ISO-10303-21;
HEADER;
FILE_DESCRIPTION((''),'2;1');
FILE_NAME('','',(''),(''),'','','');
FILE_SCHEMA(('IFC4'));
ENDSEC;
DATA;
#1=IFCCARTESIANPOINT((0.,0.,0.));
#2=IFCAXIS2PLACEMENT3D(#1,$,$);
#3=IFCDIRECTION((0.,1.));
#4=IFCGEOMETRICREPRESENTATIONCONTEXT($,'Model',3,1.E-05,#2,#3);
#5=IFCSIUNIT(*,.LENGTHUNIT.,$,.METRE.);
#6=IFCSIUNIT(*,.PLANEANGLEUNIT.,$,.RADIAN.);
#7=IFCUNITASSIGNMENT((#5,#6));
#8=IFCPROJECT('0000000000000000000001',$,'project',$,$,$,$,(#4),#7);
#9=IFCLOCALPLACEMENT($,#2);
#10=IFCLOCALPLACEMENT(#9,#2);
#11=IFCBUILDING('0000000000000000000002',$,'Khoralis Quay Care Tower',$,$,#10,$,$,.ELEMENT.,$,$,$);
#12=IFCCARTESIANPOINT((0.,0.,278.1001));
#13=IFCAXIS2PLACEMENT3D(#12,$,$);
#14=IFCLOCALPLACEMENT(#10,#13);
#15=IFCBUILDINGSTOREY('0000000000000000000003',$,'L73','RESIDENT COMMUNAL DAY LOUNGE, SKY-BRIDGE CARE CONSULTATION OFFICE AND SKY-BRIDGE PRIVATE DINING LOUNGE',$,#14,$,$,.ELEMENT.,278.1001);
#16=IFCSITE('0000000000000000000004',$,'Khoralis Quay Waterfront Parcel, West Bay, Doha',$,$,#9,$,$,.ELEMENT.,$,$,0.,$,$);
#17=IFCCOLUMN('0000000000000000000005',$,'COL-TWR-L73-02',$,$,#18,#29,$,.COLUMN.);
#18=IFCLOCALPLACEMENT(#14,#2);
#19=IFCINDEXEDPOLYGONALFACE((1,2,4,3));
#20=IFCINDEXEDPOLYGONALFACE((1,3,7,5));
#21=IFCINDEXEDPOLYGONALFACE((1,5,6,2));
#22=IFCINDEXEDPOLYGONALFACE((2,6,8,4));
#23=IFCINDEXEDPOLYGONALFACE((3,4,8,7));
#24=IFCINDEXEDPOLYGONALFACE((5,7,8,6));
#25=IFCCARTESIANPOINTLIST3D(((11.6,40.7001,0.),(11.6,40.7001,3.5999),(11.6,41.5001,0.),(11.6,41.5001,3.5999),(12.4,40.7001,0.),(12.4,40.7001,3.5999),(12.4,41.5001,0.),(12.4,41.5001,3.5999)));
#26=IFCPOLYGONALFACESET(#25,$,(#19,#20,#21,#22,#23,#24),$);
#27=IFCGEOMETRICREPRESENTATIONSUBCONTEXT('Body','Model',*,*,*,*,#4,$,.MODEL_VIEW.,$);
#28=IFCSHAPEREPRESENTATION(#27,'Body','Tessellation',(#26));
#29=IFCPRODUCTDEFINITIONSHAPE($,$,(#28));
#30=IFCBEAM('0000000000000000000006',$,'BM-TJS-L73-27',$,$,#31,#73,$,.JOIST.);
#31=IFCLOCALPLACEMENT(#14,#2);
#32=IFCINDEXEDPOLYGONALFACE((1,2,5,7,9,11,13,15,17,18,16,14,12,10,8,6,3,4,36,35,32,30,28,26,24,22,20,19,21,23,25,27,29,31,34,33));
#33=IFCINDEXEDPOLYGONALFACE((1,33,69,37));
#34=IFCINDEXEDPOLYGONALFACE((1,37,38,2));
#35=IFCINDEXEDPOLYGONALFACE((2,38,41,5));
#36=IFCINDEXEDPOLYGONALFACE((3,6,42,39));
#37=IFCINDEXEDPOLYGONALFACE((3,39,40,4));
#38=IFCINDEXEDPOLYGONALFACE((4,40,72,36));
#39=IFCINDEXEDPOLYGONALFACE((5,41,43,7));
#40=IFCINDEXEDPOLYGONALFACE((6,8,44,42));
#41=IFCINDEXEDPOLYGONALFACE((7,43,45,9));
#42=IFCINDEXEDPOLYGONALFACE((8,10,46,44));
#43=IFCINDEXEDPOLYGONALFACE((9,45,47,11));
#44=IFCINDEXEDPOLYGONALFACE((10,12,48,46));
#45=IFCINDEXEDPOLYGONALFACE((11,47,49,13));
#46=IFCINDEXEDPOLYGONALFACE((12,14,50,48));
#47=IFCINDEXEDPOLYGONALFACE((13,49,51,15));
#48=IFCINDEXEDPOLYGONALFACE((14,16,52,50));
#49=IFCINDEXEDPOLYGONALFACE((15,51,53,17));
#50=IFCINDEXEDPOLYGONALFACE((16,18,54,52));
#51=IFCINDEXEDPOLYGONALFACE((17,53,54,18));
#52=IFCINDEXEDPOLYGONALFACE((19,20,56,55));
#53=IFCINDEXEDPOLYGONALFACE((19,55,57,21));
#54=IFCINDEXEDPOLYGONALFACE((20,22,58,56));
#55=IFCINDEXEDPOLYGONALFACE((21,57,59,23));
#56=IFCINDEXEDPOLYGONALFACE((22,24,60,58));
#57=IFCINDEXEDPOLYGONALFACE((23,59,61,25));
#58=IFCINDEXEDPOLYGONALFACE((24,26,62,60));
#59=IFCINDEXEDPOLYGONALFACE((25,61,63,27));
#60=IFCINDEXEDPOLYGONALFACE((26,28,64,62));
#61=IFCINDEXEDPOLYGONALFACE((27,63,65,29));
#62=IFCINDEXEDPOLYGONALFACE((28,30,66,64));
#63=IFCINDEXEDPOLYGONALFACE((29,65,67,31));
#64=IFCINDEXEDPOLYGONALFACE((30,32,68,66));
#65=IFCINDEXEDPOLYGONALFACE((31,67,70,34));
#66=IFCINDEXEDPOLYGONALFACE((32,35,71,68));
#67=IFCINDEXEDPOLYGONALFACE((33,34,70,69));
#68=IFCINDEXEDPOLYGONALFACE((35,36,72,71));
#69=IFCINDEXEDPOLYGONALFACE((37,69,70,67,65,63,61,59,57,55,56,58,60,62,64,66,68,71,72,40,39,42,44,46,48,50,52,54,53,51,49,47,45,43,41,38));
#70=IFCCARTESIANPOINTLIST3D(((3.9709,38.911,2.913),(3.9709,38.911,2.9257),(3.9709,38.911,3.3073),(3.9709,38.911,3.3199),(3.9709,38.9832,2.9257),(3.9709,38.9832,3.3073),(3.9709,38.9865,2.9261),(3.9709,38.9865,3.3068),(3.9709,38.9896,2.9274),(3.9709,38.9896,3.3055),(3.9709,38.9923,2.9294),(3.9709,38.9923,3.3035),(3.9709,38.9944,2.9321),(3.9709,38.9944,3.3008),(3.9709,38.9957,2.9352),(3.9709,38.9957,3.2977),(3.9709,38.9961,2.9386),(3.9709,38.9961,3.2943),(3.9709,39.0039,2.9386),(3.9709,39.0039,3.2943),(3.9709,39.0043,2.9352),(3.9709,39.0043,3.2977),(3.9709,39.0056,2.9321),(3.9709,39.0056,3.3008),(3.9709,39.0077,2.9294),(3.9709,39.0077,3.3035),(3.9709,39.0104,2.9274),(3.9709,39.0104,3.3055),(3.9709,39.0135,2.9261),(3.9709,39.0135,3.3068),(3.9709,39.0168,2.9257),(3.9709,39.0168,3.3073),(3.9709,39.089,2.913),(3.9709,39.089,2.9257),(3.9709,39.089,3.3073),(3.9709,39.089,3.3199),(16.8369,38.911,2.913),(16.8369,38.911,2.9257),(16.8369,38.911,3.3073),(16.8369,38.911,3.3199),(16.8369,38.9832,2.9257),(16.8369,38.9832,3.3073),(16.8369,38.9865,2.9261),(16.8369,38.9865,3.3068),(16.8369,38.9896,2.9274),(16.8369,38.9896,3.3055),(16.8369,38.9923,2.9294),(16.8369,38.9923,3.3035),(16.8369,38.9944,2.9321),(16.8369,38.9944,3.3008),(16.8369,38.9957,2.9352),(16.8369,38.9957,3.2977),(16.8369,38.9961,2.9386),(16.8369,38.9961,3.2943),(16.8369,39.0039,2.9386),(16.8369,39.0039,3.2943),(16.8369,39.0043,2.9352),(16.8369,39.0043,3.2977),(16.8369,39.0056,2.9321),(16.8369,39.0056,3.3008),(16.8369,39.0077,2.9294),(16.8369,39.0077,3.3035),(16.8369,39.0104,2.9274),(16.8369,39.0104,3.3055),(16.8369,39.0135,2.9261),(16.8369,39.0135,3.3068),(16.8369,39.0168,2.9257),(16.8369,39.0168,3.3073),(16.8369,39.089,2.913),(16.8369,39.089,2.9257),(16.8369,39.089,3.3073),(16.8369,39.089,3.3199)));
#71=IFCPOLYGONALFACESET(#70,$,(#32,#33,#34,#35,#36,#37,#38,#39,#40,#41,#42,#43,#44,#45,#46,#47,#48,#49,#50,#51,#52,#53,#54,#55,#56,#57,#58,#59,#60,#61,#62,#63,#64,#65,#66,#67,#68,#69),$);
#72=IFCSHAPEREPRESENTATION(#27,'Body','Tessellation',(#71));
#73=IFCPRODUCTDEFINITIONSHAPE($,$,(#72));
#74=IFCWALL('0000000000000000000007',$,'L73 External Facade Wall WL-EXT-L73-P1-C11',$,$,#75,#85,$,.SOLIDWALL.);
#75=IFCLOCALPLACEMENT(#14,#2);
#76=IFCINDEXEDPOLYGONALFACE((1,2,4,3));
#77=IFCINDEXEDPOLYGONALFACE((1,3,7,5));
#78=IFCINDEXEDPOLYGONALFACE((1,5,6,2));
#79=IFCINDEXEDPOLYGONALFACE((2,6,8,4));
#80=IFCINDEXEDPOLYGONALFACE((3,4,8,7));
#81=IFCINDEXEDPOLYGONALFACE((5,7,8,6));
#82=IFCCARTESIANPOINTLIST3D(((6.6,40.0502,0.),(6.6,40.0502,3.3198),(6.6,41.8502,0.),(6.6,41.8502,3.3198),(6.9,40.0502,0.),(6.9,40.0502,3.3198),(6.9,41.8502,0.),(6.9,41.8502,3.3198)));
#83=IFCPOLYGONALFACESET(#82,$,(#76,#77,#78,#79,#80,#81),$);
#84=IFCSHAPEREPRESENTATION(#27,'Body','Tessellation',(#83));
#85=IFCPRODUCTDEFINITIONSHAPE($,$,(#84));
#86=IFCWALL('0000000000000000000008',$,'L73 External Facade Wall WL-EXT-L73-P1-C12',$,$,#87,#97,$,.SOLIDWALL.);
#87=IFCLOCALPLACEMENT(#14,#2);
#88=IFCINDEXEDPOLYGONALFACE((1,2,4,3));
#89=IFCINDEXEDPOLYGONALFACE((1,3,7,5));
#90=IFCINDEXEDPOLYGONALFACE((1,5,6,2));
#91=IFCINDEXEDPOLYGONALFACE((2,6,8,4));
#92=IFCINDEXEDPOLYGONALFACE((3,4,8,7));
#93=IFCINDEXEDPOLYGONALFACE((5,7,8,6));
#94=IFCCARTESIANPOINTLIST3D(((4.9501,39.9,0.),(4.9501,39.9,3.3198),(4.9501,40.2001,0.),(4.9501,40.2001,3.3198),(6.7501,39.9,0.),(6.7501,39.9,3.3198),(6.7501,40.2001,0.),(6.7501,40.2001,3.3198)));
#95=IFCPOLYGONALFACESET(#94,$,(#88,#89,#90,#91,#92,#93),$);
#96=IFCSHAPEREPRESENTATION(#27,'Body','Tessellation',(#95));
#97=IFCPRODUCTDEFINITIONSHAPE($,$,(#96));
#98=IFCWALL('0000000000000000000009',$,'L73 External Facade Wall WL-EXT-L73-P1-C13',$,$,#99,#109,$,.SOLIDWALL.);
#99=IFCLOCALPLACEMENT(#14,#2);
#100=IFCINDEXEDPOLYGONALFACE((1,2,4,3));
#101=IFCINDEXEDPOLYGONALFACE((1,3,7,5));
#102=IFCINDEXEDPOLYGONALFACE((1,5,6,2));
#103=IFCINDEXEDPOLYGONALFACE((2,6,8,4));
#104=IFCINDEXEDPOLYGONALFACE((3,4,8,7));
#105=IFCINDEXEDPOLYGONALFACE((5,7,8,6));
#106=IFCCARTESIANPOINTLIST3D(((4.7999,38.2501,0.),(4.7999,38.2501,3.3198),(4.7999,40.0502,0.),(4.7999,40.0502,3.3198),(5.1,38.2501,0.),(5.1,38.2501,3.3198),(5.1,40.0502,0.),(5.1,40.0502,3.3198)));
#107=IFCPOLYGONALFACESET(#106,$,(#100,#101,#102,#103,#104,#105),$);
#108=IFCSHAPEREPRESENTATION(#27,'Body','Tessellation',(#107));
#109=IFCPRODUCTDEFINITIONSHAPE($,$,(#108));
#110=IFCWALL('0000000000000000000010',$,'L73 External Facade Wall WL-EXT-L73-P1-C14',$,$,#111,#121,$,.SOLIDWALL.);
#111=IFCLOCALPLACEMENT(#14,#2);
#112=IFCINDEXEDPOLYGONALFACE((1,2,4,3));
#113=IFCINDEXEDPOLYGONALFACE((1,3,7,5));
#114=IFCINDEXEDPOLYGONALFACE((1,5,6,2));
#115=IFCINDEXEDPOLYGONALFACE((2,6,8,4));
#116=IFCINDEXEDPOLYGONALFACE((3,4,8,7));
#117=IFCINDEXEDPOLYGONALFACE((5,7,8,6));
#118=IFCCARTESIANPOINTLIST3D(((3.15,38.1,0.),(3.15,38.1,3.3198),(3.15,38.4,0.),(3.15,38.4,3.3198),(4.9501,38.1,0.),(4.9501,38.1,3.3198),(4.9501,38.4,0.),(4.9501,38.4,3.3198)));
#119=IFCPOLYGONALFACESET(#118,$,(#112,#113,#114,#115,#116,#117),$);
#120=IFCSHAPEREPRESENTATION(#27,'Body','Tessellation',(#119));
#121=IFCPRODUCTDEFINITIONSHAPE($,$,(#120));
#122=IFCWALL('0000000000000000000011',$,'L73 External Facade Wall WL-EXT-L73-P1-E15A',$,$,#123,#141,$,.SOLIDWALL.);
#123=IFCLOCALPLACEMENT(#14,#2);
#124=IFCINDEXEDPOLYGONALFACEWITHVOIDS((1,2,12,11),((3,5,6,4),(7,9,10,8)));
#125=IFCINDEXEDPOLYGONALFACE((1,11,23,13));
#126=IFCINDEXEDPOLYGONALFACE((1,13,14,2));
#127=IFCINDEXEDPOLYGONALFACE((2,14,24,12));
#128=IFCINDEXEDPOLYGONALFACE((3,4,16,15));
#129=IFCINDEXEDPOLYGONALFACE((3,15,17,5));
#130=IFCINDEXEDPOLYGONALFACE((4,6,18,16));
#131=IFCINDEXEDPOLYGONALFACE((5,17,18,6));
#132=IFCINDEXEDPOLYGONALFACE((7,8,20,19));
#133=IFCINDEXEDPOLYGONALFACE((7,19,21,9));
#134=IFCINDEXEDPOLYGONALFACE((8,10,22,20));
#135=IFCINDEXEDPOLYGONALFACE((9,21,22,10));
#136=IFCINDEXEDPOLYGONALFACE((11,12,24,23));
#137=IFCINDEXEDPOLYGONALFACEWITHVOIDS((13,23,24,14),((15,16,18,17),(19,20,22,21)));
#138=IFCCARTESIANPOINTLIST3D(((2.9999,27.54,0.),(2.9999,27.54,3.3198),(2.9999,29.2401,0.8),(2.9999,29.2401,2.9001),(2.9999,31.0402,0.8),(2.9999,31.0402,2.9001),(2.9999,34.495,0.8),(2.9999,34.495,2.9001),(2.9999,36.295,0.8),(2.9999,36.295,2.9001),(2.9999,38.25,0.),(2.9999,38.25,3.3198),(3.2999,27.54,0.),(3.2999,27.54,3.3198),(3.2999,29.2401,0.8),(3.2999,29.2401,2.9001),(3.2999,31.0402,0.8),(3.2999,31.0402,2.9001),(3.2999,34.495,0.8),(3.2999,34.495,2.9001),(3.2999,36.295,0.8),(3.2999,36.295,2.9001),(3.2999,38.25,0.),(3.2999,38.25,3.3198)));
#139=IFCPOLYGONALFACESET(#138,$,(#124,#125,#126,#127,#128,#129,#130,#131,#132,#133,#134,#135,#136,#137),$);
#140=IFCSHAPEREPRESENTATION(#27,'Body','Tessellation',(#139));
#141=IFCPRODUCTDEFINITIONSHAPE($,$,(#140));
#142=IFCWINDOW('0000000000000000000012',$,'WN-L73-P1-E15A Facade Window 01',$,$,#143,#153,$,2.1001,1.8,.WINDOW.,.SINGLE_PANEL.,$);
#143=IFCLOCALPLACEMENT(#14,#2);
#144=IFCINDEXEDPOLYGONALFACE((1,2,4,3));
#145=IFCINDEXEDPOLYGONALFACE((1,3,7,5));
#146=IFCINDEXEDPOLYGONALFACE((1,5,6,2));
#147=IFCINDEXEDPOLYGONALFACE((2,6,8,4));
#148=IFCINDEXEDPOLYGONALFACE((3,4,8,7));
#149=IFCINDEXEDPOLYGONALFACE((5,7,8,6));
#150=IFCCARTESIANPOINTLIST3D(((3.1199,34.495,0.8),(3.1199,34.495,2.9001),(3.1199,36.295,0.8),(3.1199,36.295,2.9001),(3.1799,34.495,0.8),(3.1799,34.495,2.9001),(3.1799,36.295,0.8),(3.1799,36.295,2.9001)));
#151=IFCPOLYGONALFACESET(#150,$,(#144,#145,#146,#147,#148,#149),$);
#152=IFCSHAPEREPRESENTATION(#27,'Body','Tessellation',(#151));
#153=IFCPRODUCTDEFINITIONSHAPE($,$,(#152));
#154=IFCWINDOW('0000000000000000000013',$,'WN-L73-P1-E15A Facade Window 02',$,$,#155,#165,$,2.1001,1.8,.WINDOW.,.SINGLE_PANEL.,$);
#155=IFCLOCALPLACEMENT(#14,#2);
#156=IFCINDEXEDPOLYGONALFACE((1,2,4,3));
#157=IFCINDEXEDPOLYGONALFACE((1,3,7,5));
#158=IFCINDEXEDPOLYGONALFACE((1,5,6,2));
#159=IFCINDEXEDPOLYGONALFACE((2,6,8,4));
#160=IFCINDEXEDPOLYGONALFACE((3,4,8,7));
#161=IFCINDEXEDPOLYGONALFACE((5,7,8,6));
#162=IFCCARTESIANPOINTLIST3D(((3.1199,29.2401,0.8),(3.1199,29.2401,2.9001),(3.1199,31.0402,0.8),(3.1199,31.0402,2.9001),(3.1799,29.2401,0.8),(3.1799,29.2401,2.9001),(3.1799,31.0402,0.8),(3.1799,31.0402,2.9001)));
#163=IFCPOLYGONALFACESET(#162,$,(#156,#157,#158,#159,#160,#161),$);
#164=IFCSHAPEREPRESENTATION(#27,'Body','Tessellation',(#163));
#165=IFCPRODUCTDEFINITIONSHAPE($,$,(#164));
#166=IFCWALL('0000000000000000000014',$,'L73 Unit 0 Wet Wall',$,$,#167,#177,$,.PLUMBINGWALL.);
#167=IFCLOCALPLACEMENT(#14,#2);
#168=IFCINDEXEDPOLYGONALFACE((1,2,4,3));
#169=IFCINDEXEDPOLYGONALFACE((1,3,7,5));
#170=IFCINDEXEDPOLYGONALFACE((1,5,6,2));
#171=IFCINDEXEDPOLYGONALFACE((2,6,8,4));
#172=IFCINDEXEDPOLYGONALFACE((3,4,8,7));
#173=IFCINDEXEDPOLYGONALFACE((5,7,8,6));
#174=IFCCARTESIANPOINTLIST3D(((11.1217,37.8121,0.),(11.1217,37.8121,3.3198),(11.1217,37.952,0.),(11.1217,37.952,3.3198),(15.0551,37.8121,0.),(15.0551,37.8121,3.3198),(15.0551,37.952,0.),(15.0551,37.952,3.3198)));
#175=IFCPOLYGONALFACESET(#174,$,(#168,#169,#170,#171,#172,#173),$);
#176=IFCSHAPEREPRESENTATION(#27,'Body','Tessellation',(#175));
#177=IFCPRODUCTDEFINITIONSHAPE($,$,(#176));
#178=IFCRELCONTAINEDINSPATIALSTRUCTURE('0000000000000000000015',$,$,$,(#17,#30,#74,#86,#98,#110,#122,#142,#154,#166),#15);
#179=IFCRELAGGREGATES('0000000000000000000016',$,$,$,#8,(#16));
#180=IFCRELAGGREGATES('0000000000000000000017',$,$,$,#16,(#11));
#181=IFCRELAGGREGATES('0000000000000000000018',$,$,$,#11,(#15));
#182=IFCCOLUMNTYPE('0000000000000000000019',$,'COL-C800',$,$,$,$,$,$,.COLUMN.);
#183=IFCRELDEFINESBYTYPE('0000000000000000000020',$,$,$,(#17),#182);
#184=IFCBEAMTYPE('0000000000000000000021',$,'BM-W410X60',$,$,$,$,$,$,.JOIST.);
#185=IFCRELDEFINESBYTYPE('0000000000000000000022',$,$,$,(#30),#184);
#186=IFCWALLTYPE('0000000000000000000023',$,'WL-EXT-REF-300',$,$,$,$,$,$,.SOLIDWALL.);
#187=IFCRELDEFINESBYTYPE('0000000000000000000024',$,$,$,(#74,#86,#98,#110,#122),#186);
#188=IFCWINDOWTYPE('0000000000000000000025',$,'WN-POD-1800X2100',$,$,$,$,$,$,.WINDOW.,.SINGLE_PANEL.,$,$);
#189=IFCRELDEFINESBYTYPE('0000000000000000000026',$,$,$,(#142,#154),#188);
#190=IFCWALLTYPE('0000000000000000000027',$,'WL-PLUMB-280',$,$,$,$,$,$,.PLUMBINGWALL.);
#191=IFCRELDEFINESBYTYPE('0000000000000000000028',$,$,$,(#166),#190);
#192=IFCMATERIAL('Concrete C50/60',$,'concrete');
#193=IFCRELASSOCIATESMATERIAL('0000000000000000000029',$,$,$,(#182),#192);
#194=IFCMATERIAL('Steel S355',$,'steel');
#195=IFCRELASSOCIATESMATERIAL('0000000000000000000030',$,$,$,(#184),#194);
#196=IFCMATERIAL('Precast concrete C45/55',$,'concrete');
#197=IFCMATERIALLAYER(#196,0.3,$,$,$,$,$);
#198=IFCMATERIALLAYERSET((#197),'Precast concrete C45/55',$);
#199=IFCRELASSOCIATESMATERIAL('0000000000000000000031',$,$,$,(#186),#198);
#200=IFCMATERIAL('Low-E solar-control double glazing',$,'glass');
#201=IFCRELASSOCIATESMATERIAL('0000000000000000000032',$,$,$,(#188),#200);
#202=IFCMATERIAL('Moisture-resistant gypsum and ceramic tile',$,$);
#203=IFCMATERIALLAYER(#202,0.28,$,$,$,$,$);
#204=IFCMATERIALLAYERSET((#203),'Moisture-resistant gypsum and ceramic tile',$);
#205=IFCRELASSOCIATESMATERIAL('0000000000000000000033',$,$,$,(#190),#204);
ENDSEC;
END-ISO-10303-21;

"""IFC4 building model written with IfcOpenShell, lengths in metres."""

from ifc_helpers import new_model, si_unit, direction, frame, frame_2d, origin, origin_2d, place, context, subcontext, project, spatial, rectangle, i_section, extrude, source, transform, mapped, material, layer, layer_set, material_profile, profile_set, type_object, element, fill, save


model = new_model("IFC4")

# Units and contexts
model_context = context("Model", 3, precision=1e-05, world=origin(), true_north=direction((0.0, 1.0)))
body_context = subcontext(model_context, "Body", "Model", "MODEL_VIEW")
ifc_project = project(units=[si_unit("LENGTHUNIT", "METRE"), si_unit("PLANEANGLEUNIT", "RADIAN")], contexts=[model_context])

# Site, building, storey
site_placement = place(None, origin())
site = spatial("IfcSite", under=ifc_project, at=site_placement, Name="Khoralis Quay Waterfront Parcel, West Bay, Doha", CompositionType="ELEMENT", RefElevation=0.0)
building_placement = place(site_placement, origin())
building = spatial("IfcBuilding", under=site, at=building_placement, Name="Khoralis Quay Care Tower", CompositionType="ELEMENT")
storey_placement = place(building_placement, frame((0.0, 0.0, 278.1001)))
storey = spatial("IfcBuildingStorey", under=building, at=storey_placement, Name="L73", Description="RESIDENT COMMUNAL DAY LOUNGE, SKY-BRIDGE CARE CONSULTATION OFFICE AND SKY-BRIDGE PRIVATE DINING LOUNGE", CompositionType="ELEMENT", Elevation=278.1001)

# Column
ifc_material_1 = material(Name="Concrete C50/60", Category="concrete")
ifc_material_profile_1 = material_profile(ifc_material_1, rectangle(XDim=0.8, YDim=0.8, at=origin_2d()), Name="Concrete C50/60")
ifc_profile_set_1 = profile_set([ifc_material_profile_1], Name="Concrete C50/60")
column_type = type_object("IfcColumnType", Name="COL-C800", PredefinedType="COLUMN", material=ifc_profile_set_1)
shared_shape_1 = source(origin(), body_context, "Body", "SweptSolid", [
    extrude(rectangle(XDim=0.8, YDim=0.8, at=origin_2d()), origin(), (0.0, 0.0, 1.0), 3.5999),
])
column_placement = place(storey_placement, frame((12.0, 41.1001, 0.0), z_axis=(0.0, 0.0, 1.0), x_axis=(1.0, 0.0, 0.0)))
element("IfcColumn", 1, at=column_placement, inside=storey, type_object=column_type, Name="COL-TWR-L73-02", PredefinedType="COLUMN", context=body_context, shape_type="MappedRepresentation", body=[
    mapped(shared_shape_1, transform((0.0, 0.0, 0.0), scale=1.0)),
])

# Beam
ifc_material_2 = material(Name="Steel S355", Category="steel")
ifc_material_profile_2 = material_profile(ifc_material_2, i_section(OverallWidth=0.178, OverallDepth=0.407, WebThickness=0.0078, FlangeThickness=0.0127, FilletRadius=0.0129, at=origin_2d()), Name="Steel S355")
ifc_profile_set_2 = profile_set([ifc_material_profile_2], Name="Steel S355")
beam_type = type_object("IfcBeamType", Name="BM-W410X60", PredefinedType="JOIST", material=ifc_profile_set_2)
shared_shape_2 = source(origin(), body_context, "Body", "SweptSolid", [
    extrude(i_section(OverallWidth=0.178, OverallDepth=0.407, WebThickness=0.0078, FlangeThickness=0.0127, FilletRadius=0.0129, at=origin_2d()), origin(), (0.0, 0.0, 1.0), 12.866),
])
beam_placement = place(storey_placement, frame((3.9709, 39.0, 3.1165), z_axis=(1.0, 0.0, 0.0), x_axis=(0.0, 1.0, 0.0)))
element("IfcBeam", 2, at=beam_placement, inside=storey, type_object=beam_type, Name="BM-TJS-L73-27", PredefinedType="JOIST", context=body_context, shape_type="MappedRepresentation", body=[
    mapped(shared_shape_2, transform((0.0, 0.0, 0.0), scale=1.0)),
])

# Walls
ifc_material_3 = material(Name="Precast concrete C45/55", Category="concrete")
ifc_layer_1 = layer(ifc_material_3, 0.3)
ifc_layer_set_1 = layer_set([ifc_layer_1], Name="Precast concrete C45/55")
wall_type_1 = type_object("IfcWallType", Name="WL-EXT-REF-300", PredefinedType="SOLIDWALL", material=ifc_layer_set_1)
for number, where, z_axis, x_axis, name in (
    (3, (6.75, 41.8501, 0.0), (0.0, 0.0, 1.0), (0.0, -1.0, 0.0), "L73 External Facade Wall WL-EXT-L73-P1-C11"),
    (4, (6.75, 40.05, 0.0), (0.0, 0.0, 1.0), (-1.0, 0.0, 0.0), "L73 External Facade Wall WL-EXT-L73-P1-C12"),
    (5, (4.95, 40.05, 0.0), (0.0, 0.0, 1.0), (0.0, -1.0, 0.0), "L73 External Facade Wall WL-EXT-L73-P1-C13"),
    (6, (4.95, 38.25, 0.0), (0.0, 0.0, 1.0), (-1.0, 0.0, 0.0), "L73 External Facade Wall WL-EXT-L73-P1-C14"),
):
    element("IfcWall", number, at=place(storey_placement, frame(where, z_axis=z_axis, x_axis=x_axis)), inside=storey, type_object=wall_type_1, Name=name, PredefinedType="SOLIDWALL", context=body_context, shape_type="SweptSolid", body=[
        extrude(rectangle(XDim=1.8, YDim=0.3, at=frame_2d((0.8999, 0.0))), origin(), (0.0, 0.0, 1.0), 3.3198),
    ])

# Wall, openings, windows
wall_1_placement = place(storey_placement, frame((3.1499, 38.25, 0.0), z_axis=(0.0, 0.0, 1.0), x_axis=(0.0, -1.0, 0.0)))
wall_1 = element("IfcWall", 7, at=wall_1_placement, inside=storey, type_object=wall_type_1, Name="L73 External Facade Wall WL-EXT-L73-P1-E15A", PredefinedType="SOLIDWALL", context=body_context, shape_type="SweptSolid", body=[
    extrude(rectangle(XDim=10.71, YDim=0.3, at=frame_2d((5.355, 0.0))), origin(), (0.0, 0.0, 1.0), 3.3198),
])
opening_1_placement = place(wall_1_placement, frame((1.9551, 0.0, 0.8)))
opening_1 = element("IfcOpeningElement", 8, at=opening_1_placement, cuts=wall_1, PredefinedType="OPENING", context=body_context, shape_type="SweptSolid", body=[
    extrude(rectangle(XDim=1.8, YDim=2.1001, at=frame_2d((0.8999, 1.05))), frame((0.0, 0.1602, 0.0), z_axis=(0.0, -1.0, 0.0), x_axis=(1.0, 0.0, 0.0)), (0.0, 0.0, 1.0), 0.3201),
])
opening_2_placement = place(wall_1_placement, frame((7.21, 0.0, 0.8)))
opening_2 = element("IfcOpeningElement", 9, at=opening_2_placement, cuts=wall_1, PredefinedType="OPENING", context=body_context, shape_type="SweptSolid", body=[
    extrude(rectangle(XDim=1.8, YDim=2.1001, at=frame_2d((0.8999, 1.05))), frame((0.0, 0.1602, 0.0), z_axis=(0.0, -1.0, 0.0), x_axis=(1.0, 0.0, 0.0)), (0.0, 0.0, 1.0), 0.3201),
])
ifc_material_4 = material(Name="Low-E solar-control double glazing", Category="glass")
window_type = type_object("IfcWindowType", Name="WN-POD-1800X2100", PartitioningType="SINGLE_PANEL", PredefinedType="WINDOW", material=ifc_material_4)
shared_shape_3 = source(origin(), body_context, "Body", "SweptSolid", [
    extrude(rectangle(XDim=1.8, YDim=2.1001, at=frame_2d((0.8999, 1.05))), frame((0.0, 0.03, 0.0), z_axis=(0.0, -1.0, 0.0), x_axis=(1.0, 0.0, 0.0)), (0.0, 0.0, 1.0), 0.0601),
])
window_1_placement = place(opening_1_placement, origin())
window_1 = element("IfcWindow", 10, at=window_1_placement, inside=storey, type_object=window_type, Name="WN-L73-P1-E15A Facade Window 01", OverallHeight=2.1001, OverallWidth=1.8, PartitioningType="SINGLE_PANEL", PredefinedType="WINDOW", context=body_context, shape_type="MappedRepresentation", body=[
    mapped(shared_shape_3, transform((0.0, 0.0, 0.0), scale=1.0)),
])
fill(opening_1, window_1)
window_2_placement = place(opening_2_placement, origin())
window_2 = element("IfcWindow", 11, at=window_2_placement, inside=storey, type_object=window_type, Name="WN-L73-P1-E15A Facade Window 02", OverallHeight=2.1001, OverallWidth=1.8, PartitioningType="SINGLE_PANEL", PredefinedType="WINDOW", context=body_context, shape_type="MappedRepresentation", body=[
    mapped(shared_shape_3, transform((0.0, 0.0, 0.0), scale=1.0)),
])
fill(opening_2, window_2)

# Wall
ifc_material_5 = material(Name="Moisture-resistant gypsum and ceramic tile")
ifc_layer_2 = layer(ifc_material_5, 0.28)
ifc_layer_set_2 = layer_set([ifc_layer_2], Name="Moisture-resistant gypsum and ceramic tile")
wall_type_2 = type_object("IfcWallType", Name="WL-PLUMB-280", PredefinedType="PLUMBINGWALL", material=ifc_layer_set_2)
wall_2_placement = place(storey_placement, frame((11.1216, 37.8821, 0.0), z_axis=(0.0, 0.0, 1.0), x_axis=(1.0, 0.0, 0.0)))
element("IfcWall", 12, at=wall_2_placement, inside=storey, type_object=wall_type_2, Name="L73 Unit 0 Wet Wall", PredefinedType="PLUMBINGWALL", context=body_context, shape_type="SweptSolid", body=[
    extrude(rectangle(XDim=3.9333, YDim=0.1399, at=frame_2d((1.9668, 0.0))), origin(), (0.0, 0.0, 1.0), 3.3198),
])

save(model, "model.ifc")
